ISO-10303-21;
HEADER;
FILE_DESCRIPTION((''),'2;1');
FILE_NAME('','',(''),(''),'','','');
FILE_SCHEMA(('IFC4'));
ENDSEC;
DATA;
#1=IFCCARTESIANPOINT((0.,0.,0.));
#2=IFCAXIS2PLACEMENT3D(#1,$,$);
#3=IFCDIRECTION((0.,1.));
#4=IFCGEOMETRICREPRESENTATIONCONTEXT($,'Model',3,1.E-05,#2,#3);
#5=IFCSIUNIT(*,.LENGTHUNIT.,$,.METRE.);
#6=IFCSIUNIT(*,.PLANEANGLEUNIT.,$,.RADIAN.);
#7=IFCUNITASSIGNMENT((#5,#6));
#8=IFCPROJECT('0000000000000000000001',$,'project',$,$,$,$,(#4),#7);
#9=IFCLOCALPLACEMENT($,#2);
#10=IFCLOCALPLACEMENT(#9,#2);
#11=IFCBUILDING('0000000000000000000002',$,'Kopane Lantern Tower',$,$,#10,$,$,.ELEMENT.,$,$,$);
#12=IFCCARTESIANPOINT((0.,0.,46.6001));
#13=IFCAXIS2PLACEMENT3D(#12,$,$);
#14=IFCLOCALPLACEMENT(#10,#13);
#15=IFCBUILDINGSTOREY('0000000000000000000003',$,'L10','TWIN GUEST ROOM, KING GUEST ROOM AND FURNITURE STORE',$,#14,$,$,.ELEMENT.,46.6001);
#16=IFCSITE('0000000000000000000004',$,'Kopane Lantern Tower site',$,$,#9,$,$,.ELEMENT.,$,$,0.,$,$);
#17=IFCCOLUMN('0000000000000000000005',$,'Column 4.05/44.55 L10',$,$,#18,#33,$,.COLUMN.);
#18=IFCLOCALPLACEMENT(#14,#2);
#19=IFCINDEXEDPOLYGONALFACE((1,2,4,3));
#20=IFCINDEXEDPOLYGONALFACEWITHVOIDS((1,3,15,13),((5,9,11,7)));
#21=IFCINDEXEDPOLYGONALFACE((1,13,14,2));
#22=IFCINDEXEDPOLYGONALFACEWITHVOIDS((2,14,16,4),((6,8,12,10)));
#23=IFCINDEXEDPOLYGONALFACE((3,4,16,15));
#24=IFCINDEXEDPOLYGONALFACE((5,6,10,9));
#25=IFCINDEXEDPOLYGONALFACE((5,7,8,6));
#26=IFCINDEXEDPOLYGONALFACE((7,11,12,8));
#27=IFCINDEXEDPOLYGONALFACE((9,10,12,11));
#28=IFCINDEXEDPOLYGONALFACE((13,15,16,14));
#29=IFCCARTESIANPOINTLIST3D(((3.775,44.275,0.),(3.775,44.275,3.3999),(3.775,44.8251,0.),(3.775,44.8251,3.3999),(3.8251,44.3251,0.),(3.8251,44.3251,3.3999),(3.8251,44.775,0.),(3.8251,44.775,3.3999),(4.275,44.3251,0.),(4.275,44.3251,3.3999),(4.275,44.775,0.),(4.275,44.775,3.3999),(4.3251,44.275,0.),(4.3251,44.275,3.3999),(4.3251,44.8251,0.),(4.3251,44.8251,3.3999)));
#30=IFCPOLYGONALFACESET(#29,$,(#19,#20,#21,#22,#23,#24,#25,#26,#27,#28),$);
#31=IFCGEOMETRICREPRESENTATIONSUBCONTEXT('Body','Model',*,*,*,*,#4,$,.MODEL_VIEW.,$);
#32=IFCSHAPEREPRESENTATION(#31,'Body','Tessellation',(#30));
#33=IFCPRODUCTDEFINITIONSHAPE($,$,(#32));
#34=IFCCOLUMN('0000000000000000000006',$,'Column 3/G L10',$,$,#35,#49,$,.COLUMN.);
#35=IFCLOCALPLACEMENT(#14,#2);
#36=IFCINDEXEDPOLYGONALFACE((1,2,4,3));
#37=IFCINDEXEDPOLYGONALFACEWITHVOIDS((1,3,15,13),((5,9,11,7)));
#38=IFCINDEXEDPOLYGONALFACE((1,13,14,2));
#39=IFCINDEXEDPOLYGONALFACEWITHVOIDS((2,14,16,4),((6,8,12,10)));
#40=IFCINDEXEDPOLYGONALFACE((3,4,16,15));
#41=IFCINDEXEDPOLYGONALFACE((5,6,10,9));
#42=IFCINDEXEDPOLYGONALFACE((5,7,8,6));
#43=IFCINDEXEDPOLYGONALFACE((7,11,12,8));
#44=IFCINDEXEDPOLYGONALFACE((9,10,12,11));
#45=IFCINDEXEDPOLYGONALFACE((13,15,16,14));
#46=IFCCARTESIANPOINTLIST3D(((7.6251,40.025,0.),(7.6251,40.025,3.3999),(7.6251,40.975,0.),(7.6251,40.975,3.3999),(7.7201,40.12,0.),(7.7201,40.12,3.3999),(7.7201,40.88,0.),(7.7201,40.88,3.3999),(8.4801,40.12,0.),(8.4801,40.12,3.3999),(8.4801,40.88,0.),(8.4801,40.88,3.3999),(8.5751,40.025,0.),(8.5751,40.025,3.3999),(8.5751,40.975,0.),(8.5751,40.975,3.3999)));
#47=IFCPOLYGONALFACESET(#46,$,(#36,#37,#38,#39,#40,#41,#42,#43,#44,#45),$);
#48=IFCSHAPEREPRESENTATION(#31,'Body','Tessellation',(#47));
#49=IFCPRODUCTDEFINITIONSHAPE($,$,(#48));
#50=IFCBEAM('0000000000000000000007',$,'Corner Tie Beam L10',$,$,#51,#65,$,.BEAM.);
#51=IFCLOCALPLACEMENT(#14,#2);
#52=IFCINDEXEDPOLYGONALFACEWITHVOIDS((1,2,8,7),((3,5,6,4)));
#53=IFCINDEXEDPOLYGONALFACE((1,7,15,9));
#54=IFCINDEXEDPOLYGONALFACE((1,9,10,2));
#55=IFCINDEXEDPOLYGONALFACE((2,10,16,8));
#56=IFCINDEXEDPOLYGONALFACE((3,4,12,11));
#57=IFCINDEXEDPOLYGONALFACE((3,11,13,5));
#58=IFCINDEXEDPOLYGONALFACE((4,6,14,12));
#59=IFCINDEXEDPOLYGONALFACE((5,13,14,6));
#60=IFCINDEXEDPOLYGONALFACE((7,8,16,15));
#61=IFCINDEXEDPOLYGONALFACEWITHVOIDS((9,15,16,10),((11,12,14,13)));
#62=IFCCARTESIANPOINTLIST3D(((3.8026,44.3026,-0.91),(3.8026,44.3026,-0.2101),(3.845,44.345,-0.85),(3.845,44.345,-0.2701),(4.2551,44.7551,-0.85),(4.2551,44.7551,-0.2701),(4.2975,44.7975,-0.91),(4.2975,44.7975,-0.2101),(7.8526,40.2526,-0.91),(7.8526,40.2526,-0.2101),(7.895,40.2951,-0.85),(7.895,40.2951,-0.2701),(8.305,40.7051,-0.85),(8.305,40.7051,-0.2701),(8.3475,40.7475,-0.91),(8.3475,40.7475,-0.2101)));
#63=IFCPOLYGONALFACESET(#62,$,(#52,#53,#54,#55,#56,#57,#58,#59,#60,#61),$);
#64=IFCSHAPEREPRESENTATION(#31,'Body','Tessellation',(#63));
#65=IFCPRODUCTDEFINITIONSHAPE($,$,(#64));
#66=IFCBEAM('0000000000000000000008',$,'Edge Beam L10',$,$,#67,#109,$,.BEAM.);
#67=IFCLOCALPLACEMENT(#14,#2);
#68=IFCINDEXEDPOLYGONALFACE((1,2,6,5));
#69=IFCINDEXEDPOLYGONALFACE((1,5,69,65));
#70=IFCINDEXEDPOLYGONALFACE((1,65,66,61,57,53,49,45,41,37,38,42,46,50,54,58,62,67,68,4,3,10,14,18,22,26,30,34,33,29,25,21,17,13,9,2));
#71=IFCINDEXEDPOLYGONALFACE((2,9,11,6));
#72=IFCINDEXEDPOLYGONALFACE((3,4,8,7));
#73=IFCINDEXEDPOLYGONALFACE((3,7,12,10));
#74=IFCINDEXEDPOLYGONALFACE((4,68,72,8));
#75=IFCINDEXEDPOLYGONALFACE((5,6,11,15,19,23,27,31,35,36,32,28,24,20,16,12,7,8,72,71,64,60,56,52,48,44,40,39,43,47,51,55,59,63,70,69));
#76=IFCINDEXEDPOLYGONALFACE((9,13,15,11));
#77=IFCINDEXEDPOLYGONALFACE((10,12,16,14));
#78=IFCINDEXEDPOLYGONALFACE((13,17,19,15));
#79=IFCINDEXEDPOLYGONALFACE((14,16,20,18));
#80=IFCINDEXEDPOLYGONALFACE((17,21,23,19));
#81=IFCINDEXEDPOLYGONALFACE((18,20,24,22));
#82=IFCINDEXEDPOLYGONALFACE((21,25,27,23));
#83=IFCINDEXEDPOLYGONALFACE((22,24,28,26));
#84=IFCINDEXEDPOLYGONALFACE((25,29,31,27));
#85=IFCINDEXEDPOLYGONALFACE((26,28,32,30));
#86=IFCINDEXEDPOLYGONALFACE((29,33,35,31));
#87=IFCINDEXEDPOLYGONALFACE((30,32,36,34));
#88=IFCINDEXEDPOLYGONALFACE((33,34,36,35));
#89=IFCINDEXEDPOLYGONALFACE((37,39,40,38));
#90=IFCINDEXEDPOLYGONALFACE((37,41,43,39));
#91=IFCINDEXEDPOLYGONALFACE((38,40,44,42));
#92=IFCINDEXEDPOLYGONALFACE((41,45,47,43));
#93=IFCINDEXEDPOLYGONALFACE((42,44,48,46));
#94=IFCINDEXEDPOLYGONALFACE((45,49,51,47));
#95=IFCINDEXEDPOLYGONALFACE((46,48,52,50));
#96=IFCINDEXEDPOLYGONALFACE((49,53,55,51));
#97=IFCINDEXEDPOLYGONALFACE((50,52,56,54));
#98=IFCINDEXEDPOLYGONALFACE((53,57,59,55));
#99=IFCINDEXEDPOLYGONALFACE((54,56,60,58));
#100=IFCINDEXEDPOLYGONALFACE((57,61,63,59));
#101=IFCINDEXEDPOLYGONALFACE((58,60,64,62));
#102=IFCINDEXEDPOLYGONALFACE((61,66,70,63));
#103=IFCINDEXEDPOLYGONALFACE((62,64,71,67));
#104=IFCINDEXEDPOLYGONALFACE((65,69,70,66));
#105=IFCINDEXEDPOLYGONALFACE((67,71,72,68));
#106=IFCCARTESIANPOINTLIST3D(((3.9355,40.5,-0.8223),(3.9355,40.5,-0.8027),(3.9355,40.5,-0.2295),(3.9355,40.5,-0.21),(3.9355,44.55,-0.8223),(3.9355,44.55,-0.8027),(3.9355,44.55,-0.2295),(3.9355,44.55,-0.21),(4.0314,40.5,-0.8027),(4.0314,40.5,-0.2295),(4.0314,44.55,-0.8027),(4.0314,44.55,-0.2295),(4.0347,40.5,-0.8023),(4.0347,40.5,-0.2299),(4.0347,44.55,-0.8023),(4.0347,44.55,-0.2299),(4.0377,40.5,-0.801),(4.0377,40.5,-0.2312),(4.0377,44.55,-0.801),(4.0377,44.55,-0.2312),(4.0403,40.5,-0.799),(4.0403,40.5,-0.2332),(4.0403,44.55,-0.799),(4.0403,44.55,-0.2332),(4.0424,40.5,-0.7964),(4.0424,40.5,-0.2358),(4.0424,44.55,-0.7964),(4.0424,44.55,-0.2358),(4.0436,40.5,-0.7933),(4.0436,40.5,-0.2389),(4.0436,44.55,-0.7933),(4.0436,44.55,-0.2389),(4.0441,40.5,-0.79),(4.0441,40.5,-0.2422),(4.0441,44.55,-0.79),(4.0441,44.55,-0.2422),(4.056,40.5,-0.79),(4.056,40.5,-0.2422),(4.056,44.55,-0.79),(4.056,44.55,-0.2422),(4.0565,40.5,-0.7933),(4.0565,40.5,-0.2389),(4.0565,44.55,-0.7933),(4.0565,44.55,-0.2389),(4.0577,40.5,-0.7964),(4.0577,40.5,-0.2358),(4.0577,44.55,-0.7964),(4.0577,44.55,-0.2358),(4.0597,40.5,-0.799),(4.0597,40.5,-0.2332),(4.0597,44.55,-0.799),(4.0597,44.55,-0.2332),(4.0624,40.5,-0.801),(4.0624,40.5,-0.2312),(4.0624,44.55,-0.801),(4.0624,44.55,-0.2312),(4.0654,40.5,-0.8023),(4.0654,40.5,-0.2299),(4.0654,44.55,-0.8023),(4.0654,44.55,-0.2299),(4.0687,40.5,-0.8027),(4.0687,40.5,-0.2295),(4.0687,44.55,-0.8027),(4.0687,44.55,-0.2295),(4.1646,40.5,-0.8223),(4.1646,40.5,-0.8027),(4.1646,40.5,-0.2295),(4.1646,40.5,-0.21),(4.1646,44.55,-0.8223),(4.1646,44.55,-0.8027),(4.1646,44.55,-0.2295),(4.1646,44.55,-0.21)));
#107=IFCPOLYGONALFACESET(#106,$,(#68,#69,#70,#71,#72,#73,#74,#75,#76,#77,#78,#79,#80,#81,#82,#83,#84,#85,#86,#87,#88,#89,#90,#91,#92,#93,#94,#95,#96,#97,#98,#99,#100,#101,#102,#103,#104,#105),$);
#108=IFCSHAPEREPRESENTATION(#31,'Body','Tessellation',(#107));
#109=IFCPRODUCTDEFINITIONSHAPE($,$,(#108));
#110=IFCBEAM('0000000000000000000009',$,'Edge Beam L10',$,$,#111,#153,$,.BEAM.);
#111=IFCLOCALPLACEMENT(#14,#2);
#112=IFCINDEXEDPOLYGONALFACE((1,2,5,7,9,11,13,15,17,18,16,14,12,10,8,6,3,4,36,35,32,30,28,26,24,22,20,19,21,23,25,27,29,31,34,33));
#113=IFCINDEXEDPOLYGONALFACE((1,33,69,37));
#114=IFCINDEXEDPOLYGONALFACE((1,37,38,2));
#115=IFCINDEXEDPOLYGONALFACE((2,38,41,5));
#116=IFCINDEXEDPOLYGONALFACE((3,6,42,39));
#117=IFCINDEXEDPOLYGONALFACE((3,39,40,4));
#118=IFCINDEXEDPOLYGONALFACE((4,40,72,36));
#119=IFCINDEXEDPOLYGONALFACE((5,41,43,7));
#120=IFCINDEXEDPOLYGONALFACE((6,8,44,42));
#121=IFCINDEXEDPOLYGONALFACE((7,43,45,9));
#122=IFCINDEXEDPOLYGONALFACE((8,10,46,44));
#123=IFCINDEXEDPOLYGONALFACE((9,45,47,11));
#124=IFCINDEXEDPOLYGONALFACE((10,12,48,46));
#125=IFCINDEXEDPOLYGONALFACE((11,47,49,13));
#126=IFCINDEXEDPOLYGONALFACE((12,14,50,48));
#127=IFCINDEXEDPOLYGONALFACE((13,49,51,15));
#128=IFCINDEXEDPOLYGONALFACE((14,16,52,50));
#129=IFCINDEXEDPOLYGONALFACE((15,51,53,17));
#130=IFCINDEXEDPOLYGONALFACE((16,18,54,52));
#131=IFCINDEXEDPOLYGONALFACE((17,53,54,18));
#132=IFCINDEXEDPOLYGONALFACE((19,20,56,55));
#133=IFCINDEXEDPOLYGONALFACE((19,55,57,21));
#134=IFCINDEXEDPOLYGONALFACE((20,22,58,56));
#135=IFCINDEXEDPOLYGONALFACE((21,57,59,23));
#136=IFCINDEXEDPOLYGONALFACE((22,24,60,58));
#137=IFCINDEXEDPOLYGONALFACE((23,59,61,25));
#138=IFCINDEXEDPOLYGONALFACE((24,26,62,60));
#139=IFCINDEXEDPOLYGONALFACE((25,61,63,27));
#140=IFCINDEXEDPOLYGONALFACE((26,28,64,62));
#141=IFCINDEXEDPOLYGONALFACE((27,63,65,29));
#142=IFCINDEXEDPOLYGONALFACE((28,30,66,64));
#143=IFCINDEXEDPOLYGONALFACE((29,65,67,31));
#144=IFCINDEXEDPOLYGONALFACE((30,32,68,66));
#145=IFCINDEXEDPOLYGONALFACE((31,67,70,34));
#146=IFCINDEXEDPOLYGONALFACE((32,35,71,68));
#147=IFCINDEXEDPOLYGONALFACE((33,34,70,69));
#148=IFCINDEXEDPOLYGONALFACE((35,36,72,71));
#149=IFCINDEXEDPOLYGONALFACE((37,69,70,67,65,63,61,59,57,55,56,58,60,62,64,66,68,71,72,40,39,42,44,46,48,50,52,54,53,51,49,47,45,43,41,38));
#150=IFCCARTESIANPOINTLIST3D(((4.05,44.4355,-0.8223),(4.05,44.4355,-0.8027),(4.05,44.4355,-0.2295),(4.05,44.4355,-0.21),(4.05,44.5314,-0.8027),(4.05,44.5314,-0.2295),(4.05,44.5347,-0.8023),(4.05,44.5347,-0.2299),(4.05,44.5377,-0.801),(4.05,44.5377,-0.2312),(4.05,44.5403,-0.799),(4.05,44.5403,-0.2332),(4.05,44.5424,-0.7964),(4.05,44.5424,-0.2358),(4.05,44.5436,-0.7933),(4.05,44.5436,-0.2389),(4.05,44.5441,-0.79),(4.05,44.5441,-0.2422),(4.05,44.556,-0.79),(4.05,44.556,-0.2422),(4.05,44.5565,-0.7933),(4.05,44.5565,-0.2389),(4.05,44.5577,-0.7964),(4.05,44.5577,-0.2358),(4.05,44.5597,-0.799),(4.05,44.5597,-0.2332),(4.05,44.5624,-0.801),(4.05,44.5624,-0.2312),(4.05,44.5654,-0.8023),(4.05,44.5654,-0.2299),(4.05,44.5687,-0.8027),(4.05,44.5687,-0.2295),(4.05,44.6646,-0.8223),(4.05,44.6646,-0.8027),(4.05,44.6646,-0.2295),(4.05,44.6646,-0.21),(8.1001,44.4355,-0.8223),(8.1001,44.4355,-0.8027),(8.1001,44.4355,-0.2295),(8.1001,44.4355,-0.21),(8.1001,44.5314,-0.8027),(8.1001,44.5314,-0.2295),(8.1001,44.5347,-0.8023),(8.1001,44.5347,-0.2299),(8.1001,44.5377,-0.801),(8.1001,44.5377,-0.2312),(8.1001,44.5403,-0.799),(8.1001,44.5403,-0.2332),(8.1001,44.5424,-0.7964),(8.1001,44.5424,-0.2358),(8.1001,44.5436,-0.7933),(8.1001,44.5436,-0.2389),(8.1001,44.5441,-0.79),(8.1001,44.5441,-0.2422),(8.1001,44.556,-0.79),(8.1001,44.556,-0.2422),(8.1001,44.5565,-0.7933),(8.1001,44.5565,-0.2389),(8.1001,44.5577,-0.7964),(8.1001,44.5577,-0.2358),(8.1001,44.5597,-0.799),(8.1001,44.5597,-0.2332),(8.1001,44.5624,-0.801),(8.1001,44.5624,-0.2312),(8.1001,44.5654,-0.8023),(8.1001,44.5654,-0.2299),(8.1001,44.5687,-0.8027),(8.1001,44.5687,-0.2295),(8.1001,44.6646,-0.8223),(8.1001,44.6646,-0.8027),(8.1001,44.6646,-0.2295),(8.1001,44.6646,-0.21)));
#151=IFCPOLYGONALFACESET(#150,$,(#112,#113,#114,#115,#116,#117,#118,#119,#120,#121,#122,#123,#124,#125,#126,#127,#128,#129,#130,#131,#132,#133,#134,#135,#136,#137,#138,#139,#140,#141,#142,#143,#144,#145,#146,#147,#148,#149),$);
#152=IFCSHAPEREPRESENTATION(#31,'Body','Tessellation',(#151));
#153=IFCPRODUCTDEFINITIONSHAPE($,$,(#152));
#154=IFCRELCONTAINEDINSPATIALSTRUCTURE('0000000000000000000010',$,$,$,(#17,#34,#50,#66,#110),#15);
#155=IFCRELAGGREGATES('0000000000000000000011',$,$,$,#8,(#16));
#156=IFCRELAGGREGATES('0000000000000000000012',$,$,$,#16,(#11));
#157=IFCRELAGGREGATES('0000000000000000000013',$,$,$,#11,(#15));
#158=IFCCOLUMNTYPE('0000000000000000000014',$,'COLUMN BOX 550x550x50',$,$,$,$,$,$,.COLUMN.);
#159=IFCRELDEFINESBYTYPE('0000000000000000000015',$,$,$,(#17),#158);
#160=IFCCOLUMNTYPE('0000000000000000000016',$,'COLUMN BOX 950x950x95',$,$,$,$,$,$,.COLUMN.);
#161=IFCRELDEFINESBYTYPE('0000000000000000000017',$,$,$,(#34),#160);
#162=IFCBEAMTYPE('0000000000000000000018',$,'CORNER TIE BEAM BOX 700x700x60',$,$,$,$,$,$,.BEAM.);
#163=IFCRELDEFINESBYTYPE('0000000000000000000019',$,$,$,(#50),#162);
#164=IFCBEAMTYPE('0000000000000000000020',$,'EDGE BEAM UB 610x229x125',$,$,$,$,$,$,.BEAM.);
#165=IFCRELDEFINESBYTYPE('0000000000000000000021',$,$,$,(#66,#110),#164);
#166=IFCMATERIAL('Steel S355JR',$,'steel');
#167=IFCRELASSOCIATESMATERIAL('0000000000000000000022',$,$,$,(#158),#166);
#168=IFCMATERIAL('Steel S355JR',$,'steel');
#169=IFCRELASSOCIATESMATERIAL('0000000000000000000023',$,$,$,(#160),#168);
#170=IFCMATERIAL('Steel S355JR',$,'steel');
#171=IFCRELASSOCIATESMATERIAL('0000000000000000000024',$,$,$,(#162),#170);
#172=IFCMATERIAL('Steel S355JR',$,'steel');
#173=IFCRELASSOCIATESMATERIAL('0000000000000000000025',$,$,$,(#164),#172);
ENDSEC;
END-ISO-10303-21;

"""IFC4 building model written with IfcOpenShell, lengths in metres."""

from ifc_helpers import new_model, si_unit, direction, frame, origin, origin_2d, place, context, subcontext, project, spatial, hollow_rectangle, i_section, extrude, material, material_profile, profile_set, type_object, element, save


model = new_model("IFC4")

# Units and contexts
model_context = context("Model", 3, precision=1e-05, world=origin(), true_north=direction((0.0, 1.0)))
body_context = subcontext(model_context, "Body", "Model", "MODEL_VIEW")
ifc_project = project(units=[si_unit("LENGTHUNIT", "METRE"), si_unit("PLANEANGLEUNIT", "RADIAN")], contexts=[model_context])

# Site, building, storey
site_placement = place(None, origin())
site = spatial("IfcSite", under=ifc_project, at=site_placement, Name="Kopane Lantern Tower site", CompositionType="ELEMENT", RefElevation=0.0)
building_placement = place(site_placement, origin())
building = spatial("IfcBuilding", under=site, at=building_placement, Name="Kopane Lantern Tower", CompositionType="ELEMENT")
storey_placement = place(building_placement, frame((0.0, 0.0, 46.6001)))
storey = spatial("IfcBuildingStorey", under=building, at=storey_placement, Name="L10", Description="TWIN GUEST ROOM, KING GUEST ROOM AND FURNITURE STORE", CompositionType="ELEMENT", Elevation=46.6001)

# Columns
ifc_material_1 = material(Name="Steel S355JR", Category="steel")
ifc_material_profile_1 = material_profile(ifc_material_1, hollow_rectangle(XDim=0.55, YDim=0.55, WallThickness=0.05, at=origin_2d()), Name="BOX 550x550x50")
ifc_profile_set_1 = profile_set([ifc_material_profile_1], Name="Steel S355JR")
column_type_1 = type_object("IfcColumnType", Name="COLUMN BOX 550x550x50", PredefinedType="COLUMN", material=ifc_profile_set_1)
column_1_placement = place(storey_placement, frame((4.05, 44.55, 0.0), z_axis=(0.0, 0.0, 1.0), x_axis=(1.0, 0.0, 0.0)))
element("IfcColumn", 1, at=column_1_placement, inside=storey, type_object=column_type_1, Name="Column 4.05/44.55 L10", PredefinedType="COLUMN", context=body_context, shape_type="SweptSolid", body=[
    extrude(hollow_rectangle(XDim=0.55, YDim=0.55, WallThickness=0.05, at=origin_2d()), origin(), (0.0, 0.0, 1.0), 3.3999),
])
ifc_material_2 = material(Name="Steel S355JR", Category="steel")
ifc_material_profile_2 = material_profile(ifc_material_2, hollow_rectangle(XDim=0.95, YDim=0.95, WallThickness=0.095, at=origin_2d()), Name="BOX 950x950x95")
ifc_profile_set_2 = profile_set([ifc_material_profile_2], Name="Steel S355JR")
column_type_2 = type_object("IfcColumnType", Name="COLUMN BOX 950x950x95", PredefinedType="COLUMN", material=ifc_profile_set_2)
column_2_placement = place(storey_placement, frame((8.1001, 40.5, 0.0), z_axis=(0.0, 0.0, 1.0), x_axis=(1.0, 0.0, 0.0)))
element("IfcColumn", 2, at=column_2_placement, inside=storey, type_object=column_type_2, Name="Column 3/G L10", PredefinedType="COLUMN", context=body_context, shape_type="SweptSolid", body=[
    extrude(hollow_rectangle(XDim=0.95, YDim=0.95, WallThickness=0.095, at=origin_2d()), origin(), (0.0, 0.0, 1.0), 3.3999),
])

# Beams
ifc_material_3 = material(Name="Steel S355JR", Category="steel")
ifc_material_profile_3 = material_profile(ifc_material_3, hollow_rectangle(XDim=0.7, YDim=0.7, WallThickness=0.0601, at=origin_2d()), Name="BOX 700x700x60")
ifc_profile_set_3 = profile_set([ifc_material_profile_3], Name="Steel S355JR")
beam_type_1 = type_object("IfcBeamType", Name="CORNER TIE BEAM BOX 700x700x60", PredefinedType="BEAM", material=ifc_profile_set_3)
beam_1_placement = place(storey_placement, frame((4.05, 44.55, -0.5601), z_axis=(0.707107, -0.707107, 0.0), x_axis=(0.707107, 0.707107, 0.0)))
element("IfcBeam", 3, at=beam_1_placement, inside=storey, type_object=beam_type_1, Name="Corner Tie Beam L10", PredefinedType="BEAM", context=body_context, shape_type="SweptSolid", body=[
    extrude(hollow_rectangle(XDim=0.7, YDim=0.7, WallThickness=0.0601, at=origin_2d()), origin(), (0.0, 0.0, 1.0), 5.7275),
])
ifc_material_4 = material(Name="Steel S355JR", Category="steel")
ifc_material_profile_4 = material_profile(ifc_material_4, i_section(OverallWidth=0.229, OverallDepth=0.6123, WebThickness=0.012, FlangeThickness=0.0195, FilletRadius=0.0127, at=origin_2d()), Name="UB 610x229x125")
ifc_profile_set_4 = profile_set([ifc_material_profile_4], Name="Steel S355JR")
beam_type_2 = type_object("IfcBeamType", Name="EDGE BEAM UB 610x229x125", PredefinedType="BEAM", material=ifc_profile_set_4)
for number, where, z_axis, x_axis, name in (
    (4, (4.05, 44.55, -0.5161), (0.0, -1.0, 0.0), (1.0, 0.0, 0.0), "Edge Beam L10"),
    (5, (4.05, 44.55, -0.5161), (1.0, 0.0, 0.0), (0.0, 1.0, 0.0), "Edge Beam L10"),
):
    element("IfcBeam", number, at=place(storey_placement, frame(where, z_axis=z_axis, x_axis=x_axis)), inside=storey, type_object=beam_type_2, Name=name, PredefinedType="BEAM", context=body_context, shape_type="SweptSolid", body=[
        extrude(i_section(OverallWidth=0.229, OverallDepth=0.6123, WebThickness=0.012, FlangeThickness=0.0195, FilletRadius=0.0127, at=origin_2d()), origin(), (0.0, 0.0, 1.0), 4.05),
    ])

save(model, "model.ifc")
